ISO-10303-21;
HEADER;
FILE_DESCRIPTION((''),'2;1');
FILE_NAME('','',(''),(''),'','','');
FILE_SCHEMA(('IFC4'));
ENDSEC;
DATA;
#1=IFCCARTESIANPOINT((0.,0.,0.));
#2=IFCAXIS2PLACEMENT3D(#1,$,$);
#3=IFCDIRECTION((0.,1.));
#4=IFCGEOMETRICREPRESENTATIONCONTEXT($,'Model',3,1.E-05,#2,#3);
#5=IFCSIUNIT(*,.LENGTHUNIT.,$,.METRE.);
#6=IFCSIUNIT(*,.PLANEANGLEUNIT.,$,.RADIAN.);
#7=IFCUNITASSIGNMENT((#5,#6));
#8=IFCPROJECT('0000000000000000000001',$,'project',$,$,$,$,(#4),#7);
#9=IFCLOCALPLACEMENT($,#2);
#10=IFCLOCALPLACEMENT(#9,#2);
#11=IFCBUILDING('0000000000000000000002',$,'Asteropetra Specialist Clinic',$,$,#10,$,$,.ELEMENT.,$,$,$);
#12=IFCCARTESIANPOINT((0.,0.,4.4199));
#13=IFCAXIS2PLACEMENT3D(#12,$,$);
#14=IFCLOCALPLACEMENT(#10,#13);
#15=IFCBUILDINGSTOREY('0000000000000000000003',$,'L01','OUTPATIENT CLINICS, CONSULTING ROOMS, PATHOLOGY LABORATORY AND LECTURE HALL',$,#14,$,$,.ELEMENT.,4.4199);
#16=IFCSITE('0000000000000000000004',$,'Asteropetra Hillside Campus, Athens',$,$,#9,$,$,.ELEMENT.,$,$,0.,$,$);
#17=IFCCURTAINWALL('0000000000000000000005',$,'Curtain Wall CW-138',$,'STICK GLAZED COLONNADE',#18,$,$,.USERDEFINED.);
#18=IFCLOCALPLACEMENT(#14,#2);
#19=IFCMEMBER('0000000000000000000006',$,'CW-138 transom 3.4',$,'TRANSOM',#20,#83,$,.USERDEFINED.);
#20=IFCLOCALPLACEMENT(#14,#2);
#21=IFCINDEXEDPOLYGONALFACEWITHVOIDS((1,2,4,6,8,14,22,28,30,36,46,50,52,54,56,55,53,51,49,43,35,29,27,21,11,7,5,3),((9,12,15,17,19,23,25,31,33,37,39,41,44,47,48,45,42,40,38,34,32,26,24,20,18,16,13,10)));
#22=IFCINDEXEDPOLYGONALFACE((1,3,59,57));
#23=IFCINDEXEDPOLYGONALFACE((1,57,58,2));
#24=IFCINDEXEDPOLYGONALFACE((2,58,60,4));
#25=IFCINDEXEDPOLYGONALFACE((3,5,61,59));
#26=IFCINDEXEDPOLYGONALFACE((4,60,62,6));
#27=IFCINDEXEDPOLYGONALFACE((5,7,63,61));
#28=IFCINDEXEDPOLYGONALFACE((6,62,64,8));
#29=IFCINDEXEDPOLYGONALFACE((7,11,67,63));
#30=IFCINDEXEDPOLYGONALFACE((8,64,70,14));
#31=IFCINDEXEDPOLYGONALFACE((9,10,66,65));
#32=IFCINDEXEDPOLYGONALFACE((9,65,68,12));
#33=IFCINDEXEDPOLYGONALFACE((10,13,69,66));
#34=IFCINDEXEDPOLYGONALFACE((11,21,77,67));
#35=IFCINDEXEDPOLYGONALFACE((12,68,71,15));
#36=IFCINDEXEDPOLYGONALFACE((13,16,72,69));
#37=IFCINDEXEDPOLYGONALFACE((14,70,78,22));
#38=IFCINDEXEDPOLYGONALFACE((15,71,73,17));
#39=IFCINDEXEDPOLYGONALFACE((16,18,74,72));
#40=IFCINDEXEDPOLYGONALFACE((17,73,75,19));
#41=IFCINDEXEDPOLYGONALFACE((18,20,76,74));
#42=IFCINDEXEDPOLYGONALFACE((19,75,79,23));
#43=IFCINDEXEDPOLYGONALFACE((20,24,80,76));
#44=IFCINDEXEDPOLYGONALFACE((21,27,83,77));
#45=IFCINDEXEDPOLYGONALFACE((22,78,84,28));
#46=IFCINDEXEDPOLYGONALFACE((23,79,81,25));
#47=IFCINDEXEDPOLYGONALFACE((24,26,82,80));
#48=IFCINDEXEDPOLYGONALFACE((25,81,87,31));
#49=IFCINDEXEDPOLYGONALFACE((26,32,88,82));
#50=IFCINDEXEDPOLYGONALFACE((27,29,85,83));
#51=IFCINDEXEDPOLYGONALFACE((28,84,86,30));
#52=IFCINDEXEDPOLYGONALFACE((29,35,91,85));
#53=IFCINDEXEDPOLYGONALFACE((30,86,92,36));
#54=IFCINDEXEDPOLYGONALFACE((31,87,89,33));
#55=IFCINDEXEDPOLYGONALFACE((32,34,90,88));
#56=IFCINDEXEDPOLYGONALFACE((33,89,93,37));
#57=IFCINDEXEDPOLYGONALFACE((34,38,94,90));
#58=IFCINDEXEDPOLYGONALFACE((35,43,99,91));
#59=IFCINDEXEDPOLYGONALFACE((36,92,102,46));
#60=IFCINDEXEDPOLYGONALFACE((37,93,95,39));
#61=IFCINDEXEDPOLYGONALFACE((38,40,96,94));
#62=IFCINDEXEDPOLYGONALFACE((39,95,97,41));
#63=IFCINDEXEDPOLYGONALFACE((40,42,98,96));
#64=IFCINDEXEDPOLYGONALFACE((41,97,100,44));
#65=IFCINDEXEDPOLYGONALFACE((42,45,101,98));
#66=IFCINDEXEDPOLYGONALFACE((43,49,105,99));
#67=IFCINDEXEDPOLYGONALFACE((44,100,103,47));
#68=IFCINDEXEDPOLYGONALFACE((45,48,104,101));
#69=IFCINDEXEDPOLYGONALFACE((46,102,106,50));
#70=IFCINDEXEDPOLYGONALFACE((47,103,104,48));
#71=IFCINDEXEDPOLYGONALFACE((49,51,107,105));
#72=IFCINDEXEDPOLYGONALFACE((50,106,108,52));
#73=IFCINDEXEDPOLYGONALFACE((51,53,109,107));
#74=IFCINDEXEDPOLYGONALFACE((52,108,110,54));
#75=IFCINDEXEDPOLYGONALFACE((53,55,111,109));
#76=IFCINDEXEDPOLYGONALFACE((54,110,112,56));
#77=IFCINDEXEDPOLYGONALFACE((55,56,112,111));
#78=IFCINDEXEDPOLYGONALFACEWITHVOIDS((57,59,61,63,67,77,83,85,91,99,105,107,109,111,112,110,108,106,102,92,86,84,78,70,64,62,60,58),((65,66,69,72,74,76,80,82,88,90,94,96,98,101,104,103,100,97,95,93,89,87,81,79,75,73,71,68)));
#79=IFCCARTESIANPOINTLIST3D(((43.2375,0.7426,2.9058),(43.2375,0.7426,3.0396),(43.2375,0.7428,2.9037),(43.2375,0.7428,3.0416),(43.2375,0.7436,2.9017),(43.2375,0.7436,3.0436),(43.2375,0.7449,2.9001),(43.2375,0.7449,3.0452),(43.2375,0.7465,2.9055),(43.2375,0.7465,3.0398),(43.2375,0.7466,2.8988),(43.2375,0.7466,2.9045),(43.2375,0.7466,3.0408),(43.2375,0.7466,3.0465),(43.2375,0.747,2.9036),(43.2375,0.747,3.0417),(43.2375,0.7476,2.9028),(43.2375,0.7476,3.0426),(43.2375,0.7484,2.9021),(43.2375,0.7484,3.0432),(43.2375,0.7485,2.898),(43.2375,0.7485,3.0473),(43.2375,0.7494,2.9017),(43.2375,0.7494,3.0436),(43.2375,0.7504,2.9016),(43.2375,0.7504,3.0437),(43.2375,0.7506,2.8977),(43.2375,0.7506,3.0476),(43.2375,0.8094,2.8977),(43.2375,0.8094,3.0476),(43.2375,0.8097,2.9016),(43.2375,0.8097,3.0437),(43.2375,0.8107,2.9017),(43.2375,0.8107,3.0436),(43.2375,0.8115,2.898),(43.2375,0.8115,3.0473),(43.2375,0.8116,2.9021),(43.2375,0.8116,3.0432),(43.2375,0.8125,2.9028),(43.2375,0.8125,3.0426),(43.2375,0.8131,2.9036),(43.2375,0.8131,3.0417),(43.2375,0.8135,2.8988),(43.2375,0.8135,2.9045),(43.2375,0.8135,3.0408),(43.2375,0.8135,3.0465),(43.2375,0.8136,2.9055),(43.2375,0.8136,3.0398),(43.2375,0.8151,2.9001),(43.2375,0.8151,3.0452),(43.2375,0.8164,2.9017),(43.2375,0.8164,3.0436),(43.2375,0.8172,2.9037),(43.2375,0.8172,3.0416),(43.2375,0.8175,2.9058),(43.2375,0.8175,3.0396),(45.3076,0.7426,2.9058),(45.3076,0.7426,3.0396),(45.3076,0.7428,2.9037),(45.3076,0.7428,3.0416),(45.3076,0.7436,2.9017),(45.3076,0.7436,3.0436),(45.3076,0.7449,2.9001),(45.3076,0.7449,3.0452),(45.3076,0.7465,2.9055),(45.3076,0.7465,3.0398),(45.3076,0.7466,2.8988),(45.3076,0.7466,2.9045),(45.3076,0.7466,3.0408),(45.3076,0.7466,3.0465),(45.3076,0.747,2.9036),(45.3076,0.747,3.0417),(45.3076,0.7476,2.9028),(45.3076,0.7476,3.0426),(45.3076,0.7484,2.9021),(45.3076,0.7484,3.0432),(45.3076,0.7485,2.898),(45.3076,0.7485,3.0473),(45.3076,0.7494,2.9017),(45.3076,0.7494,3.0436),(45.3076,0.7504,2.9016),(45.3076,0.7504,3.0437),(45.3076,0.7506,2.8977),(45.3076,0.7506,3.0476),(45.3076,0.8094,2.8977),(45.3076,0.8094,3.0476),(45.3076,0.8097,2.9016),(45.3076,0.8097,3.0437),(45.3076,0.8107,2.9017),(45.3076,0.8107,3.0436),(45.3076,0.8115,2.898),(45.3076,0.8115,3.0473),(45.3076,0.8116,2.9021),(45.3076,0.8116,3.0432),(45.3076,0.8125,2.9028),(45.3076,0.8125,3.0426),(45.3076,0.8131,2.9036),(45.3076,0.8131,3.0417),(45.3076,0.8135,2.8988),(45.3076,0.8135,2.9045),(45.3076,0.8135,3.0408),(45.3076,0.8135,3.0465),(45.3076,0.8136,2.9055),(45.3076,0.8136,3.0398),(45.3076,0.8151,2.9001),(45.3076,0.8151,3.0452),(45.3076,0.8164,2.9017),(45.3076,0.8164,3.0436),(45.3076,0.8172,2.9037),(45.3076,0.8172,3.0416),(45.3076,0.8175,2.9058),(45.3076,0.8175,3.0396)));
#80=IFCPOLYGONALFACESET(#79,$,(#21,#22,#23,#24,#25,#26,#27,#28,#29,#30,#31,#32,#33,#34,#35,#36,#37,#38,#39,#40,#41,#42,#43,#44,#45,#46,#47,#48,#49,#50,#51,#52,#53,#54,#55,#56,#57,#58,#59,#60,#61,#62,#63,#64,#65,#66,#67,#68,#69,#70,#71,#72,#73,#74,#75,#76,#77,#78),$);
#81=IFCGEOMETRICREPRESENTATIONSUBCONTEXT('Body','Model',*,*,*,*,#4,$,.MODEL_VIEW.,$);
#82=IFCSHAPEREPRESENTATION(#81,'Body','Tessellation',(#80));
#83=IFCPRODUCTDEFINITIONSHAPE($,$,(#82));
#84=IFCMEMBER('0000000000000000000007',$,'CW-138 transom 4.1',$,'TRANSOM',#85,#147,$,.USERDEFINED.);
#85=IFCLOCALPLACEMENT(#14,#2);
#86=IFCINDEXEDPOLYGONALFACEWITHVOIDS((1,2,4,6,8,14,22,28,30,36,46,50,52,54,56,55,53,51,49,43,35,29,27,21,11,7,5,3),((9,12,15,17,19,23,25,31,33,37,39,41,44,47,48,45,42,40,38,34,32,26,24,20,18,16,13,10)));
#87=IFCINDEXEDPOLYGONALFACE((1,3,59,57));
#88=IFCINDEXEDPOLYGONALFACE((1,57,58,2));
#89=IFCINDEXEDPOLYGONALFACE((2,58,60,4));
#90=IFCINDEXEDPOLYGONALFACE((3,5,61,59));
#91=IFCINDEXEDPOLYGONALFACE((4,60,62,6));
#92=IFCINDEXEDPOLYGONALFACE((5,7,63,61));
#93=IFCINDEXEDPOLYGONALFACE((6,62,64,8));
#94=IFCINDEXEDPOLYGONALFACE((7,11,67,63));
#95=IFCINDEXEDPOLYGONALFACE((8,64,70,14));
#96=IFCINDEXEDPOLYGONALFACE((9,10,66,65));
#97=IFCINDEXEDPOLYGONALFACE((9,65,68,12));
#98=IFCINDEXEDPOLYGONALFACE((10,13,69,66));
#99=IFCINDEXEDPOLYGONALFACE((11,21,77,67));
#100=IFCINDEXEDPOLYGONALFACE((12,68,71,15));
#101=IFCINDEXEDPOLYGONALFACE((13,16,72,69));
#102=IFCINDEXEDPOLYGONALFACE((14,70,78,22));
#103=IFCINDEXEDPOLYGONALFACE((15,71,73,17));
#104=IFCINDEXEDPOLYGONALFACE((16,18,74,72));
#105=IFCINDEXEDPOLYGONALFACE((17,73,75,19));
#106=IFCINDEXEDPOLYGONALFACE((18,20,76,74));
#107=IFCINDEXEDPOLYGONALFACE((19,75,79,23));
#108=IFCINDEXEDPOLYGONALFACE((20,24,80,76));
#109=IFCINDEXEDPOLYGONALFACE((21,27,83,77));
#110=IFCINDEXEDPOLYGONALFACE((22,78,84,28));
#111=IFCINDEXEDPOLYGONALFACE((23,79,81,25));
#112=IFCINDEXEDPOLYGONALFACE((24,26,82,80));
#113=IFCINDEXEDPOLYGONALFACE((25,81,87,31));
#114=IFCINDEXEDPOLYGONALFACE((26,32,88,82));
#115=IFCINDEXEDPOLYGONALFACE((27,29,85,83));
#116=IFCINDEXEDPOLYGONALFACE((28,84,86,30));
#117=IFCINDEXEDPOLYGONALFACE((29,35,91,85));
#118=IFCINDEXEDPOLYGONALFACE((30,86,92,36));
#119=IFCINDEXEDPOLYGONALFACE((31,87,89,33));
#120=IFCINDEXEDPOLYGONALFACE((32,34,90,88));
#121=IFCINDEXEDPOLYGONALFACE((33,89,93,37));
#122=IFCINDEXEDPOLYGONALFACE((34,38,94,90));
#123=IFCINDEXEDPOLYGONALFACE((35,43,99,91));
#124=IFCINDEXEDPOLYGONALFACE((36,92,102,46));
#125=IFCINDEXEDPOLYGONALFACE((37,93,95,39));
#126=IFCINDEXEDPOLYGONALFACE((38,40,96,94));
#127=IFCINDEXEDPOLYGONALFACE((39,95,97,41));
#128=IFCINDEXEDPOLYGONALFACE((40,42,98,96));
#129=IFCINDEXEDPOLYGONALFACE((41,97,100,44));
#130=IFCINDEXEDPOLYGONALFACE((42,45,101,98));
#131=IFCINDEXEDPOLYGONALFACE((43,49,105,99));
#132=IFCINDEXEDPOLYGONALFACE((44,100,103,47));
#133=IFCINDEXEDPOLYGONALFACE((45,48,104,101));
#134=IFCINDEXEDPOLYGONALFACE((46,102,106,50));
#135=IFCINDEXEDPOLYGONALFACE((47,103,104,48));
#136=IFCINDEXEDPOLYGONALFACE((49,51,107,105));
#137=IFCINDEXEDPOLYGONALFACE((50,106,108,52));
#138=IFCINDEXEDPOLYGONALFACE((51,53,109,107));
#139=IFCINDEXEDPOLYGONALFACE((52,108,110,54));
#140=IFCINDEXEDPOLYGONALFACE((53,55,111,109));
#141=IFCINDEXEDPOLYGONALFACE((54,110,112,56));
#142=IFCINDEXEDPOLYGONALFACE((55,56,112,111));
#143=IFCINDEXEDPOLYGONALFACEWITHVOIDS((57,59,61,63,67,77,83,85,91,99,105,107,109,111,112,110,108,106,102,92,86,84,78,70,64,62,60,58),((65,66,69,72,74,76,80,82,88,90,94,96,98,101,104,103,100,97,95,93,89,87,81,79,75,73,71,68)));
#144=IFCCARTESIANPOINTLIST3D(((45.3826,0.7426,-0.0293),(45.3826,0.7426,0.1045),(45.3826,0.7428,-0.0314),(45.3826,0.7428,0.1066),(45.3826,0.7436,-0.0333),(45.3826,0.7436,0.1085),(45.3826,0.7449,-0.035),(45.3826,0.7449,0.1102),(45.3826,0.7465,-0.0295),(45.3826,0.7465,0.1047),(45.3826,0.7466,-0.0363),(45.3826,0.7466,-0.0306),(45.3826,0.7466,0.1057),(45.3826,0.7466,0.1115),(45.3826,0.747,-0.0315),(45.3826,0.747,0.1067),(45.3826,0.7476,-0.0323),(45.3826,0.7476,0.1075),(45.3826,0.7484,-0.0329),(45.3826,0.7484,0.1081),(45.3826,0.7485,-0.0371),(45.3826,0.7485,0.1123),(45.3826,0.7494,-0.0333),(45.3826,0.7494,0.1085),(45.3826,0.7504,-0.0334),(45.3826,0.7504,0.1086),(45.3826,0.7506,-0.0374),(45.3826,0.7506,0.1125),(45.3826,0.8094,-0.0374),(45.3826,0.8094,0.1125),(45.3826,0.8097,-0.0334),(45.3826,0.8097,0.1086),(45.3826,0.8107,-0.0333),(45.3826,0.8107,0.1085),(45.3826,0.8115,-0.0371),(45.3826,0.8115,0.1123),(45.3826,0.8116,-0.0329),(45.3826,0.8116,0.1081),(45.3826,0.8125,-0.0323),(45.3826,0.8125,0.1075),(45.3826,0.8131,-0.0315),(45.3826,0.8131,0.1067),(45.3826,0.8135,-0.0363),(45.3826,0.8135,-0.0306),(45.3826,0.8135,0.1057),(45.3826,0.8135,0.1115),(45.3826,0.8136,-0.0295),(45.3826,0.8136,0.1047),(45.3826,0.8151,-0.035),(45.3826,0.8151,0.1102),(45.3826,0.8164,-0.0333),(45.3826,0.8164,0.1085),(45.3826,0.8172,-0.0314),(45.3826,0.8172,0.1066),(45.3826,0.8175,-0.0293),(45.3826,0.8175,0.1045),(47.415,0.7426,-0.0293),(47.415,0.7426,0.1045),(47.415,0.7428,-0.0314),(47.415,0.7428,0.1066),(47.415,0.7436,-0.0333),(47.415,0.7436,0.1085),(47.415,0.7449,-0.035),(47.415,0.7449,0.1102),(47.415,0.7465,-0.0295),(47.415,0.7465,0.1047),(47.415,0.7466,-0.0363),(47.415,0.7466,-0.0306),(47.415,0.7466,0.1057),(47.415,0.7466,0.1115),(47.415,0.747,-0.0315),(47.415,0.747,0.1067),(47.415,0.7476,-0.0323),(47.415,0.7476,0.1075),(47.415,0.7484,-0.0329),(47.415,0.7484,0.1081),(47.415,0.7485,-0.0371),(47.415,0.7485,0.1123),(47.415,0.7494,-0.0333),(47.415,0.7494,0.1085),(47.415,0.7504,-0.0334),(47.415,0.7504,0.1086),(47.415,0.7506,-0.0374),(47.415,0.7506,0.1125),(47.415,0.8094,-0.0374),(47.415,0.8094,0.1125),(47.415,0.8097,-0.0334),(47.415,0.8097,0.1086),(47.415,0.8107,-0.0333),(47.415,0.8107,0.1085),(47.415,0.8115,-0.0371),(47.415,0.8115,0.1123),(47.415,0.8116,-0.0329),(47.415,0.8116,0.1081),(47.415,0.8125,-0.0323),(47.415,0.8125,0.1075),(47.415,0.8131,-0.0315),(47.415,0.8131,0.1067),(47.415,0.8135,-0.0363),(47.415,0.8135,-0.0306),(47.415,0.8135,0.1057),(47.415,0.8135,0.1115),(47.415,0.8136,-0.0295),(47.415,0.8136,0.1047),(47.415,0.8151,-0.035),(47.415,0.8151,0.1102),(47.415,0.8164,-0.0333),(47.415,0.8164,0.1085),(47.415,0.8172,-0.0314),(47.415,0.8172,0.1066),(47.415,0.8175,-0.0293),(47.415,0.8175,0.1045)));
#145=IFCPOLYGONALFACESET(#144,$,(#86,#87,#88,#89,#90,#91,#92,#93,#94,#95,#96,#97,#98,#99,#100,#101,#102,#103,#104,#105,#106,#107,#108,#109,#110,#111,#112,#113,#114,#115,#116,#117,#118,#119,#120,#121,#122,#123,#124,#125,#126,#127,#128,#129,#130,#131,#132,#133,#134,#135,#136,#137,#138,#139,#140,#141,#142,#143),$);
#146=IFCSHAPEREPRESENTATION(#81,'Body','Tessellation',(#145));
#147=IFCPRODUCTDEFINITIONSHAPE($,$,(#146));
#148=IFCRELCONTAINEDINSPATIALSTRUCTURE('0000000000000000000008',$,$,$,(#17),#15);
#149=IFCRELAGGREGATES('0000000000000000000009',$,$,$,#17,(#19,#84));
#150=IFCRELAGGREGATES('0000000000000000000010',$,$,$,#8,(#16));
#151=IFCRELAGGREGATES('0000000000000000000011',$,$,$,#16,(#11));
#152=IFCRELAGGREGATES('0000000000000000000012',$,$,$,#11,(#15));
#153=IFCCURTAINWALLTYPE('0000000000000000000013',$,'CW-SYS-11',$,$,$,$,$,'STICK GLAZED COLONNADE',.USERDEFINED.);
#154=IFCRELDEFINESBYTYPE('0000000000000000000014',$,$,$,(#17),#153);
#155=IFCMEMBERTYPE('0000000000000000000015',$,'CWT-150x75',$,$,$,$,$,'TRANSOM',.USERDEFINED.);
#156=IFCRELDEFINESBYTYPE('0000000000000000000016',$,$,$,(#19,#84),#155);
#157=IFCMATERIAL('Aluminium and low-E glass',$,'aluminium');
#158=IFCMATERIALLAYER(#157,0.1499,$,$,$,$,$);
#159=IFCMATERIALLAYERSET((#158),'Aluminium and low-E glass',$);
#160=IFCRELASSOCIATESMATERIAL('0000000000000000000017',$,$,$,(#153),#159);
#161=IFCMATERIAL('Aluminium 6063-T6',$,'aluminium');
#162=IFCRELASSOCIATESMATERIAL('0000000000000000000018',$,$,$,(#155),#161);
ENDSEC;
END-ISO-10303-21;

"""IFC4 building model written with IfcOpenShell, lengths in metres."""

from ifc_helpers import new_model, si_unit, direction, frame, origin, origin_2d, place, context, subcontext, project, spatial, hollow_rectangle, extrude, material, layer, layer_set, material_profile, profile_set, type_object, element, aggregate, save


model = new_model("IFC4")

# Units and contexts
model_context = context("Model", 3, precision=1e-05, world=origin(), true_north=direction((0.0, 1.0)))
body_context = subcontext(model_context, "Body", "Model", "MODEL_VIEW")
ifc_project = project(units=[si_unit("LENGTHUNIT", "METRE"), si_unit("PLANEANGLEUNIT", "RADIAN")], contexts=[model_context])

# Site, building, storey
site_placement = place(None, origin())
site = spatial("IfcSite", under=ifc_project, at=site_placement, Name="Asteropetra Hillside Campus, Athens", CompositionType="ELEMENT", RefElevation=0.0)
building_placement = place(site_placement, origin())
building = spatial("IfcBuilding", under=site, at=building_placement, Name="Asteropetra Specialist Clinic", CompositionType="ELEMENT")
storey_placement = place(building_placement, frame((0.0, 0.0, 4.4199)))
storey = spatial("IfcBuildingStorey", under=building, at=storey_placement, Name="L01", Description="OUTPATIENT CLINICS, CONSULTING ROOMS, PATHOLOGY LABORATORY AND LECTURE HALL", CompositionType="ELEMENT", Elevation=4.4199)

# Curtain wall, members
ifc_material_1 = material(Name="Aluminium and low-E glass", Category="aluminium")
ifc_layer_1 = layer(ifc_material_1, 0.1499)
ifc_layer_set_1 = layer_set([ifc_layer_1], Name="Aluminium and low-E glass")
curtain_wall_type = type_object("IfcCurtainWallType", Name="CW-SYS-11", ElementType="STICK GLAZED COLONNADE", PredefinedType="USERDEFINED", material=ifc_layer_set_1)
curtain_wall_placement = place(storey_placement, origin())
curtain_wall = element("IfcCurtainWall", 1, at=curtain_wall_placement, inside=storey, type_object=curtain_wall_type, Name="Curtain Wall CW-138", ObjectType="STICK GLAZED COLONNADE", PredefinedType="USERDEFINED")
ifc_material_2 = material(Name="Aluminium 6063-T6", Category="aluminium")
ifc_material_profile_1 = material_profile(ifc_material_2, hollow_rectangle(XDim=0.075, YDim=0.1499, WallThickness=0.0039, InnerFilletRadius=0.0039, OuterFilletRadius=0.0081, at=origin_2d()), Name="TRN 150x75x4.0")
ifc_profile_set_1 = profile_set([ifc_material_profile_1], Name="Aluminium 6063-T6")
member_type_1 = type_object("IfcMemberType", Name="CWT-150x75", ElementType="TRANSOM", PredefinedType="USERDEFINED", material=ifc_profile_set_1)
member_1_placement = place(storey_placement, frame((43.2375, 0.78, 2.9727), z_axis=(1.0, 0.0, 0.0), x_axis=(0.0, 1.0, 0.0)))
member_1 = element("IfcMember", 2, at=member_1_placement, type_object=member_type_1, Name="CW-138 transom 3.4", ObjectType="TRANSOM", PredefinedType="USERDEFINED", context=body_context, shape_type="SweptSolid", body=[
    extrude(hollow_rectangle(XDim=0.075, YDim=0.1499, WallThickness=0.0039, InnerFilletRadius=0.0039, OuterFilletRadius=0.0081, at=origin_2d()), origin(), (0.0, 0.0, 1.0), 2.0701),
])
member_2_placement = place(storey_placement, frame((45.3826, 0.78, 0.0376), z_axis=(1.0, 0.0, 0.0), x_axis=(0.0, 1.0, 0.0)))
member_2 = element("IfcMember", 3, at=member_2_placement, type_object=member_type_1, Name="CW-138 transom 4.1", ObjectType="TRANSOM", PredefinedType="USERDEFINED", context=body_context, shape_type="SweptSolid", body=[
    extrude(hollow_rectangle(XDim=0.075, YDim=0.1499, WallThickness=0.0039, InnerFilletRadius=0.0039, OuterFilletRadius=0.0081, at=origin_2d()), origin(), (0.0, 0.0, 1.0), 2.0325),
])

aggregate(curtain_wall, [member_1, member_2])

save(model, "model.ifc")
